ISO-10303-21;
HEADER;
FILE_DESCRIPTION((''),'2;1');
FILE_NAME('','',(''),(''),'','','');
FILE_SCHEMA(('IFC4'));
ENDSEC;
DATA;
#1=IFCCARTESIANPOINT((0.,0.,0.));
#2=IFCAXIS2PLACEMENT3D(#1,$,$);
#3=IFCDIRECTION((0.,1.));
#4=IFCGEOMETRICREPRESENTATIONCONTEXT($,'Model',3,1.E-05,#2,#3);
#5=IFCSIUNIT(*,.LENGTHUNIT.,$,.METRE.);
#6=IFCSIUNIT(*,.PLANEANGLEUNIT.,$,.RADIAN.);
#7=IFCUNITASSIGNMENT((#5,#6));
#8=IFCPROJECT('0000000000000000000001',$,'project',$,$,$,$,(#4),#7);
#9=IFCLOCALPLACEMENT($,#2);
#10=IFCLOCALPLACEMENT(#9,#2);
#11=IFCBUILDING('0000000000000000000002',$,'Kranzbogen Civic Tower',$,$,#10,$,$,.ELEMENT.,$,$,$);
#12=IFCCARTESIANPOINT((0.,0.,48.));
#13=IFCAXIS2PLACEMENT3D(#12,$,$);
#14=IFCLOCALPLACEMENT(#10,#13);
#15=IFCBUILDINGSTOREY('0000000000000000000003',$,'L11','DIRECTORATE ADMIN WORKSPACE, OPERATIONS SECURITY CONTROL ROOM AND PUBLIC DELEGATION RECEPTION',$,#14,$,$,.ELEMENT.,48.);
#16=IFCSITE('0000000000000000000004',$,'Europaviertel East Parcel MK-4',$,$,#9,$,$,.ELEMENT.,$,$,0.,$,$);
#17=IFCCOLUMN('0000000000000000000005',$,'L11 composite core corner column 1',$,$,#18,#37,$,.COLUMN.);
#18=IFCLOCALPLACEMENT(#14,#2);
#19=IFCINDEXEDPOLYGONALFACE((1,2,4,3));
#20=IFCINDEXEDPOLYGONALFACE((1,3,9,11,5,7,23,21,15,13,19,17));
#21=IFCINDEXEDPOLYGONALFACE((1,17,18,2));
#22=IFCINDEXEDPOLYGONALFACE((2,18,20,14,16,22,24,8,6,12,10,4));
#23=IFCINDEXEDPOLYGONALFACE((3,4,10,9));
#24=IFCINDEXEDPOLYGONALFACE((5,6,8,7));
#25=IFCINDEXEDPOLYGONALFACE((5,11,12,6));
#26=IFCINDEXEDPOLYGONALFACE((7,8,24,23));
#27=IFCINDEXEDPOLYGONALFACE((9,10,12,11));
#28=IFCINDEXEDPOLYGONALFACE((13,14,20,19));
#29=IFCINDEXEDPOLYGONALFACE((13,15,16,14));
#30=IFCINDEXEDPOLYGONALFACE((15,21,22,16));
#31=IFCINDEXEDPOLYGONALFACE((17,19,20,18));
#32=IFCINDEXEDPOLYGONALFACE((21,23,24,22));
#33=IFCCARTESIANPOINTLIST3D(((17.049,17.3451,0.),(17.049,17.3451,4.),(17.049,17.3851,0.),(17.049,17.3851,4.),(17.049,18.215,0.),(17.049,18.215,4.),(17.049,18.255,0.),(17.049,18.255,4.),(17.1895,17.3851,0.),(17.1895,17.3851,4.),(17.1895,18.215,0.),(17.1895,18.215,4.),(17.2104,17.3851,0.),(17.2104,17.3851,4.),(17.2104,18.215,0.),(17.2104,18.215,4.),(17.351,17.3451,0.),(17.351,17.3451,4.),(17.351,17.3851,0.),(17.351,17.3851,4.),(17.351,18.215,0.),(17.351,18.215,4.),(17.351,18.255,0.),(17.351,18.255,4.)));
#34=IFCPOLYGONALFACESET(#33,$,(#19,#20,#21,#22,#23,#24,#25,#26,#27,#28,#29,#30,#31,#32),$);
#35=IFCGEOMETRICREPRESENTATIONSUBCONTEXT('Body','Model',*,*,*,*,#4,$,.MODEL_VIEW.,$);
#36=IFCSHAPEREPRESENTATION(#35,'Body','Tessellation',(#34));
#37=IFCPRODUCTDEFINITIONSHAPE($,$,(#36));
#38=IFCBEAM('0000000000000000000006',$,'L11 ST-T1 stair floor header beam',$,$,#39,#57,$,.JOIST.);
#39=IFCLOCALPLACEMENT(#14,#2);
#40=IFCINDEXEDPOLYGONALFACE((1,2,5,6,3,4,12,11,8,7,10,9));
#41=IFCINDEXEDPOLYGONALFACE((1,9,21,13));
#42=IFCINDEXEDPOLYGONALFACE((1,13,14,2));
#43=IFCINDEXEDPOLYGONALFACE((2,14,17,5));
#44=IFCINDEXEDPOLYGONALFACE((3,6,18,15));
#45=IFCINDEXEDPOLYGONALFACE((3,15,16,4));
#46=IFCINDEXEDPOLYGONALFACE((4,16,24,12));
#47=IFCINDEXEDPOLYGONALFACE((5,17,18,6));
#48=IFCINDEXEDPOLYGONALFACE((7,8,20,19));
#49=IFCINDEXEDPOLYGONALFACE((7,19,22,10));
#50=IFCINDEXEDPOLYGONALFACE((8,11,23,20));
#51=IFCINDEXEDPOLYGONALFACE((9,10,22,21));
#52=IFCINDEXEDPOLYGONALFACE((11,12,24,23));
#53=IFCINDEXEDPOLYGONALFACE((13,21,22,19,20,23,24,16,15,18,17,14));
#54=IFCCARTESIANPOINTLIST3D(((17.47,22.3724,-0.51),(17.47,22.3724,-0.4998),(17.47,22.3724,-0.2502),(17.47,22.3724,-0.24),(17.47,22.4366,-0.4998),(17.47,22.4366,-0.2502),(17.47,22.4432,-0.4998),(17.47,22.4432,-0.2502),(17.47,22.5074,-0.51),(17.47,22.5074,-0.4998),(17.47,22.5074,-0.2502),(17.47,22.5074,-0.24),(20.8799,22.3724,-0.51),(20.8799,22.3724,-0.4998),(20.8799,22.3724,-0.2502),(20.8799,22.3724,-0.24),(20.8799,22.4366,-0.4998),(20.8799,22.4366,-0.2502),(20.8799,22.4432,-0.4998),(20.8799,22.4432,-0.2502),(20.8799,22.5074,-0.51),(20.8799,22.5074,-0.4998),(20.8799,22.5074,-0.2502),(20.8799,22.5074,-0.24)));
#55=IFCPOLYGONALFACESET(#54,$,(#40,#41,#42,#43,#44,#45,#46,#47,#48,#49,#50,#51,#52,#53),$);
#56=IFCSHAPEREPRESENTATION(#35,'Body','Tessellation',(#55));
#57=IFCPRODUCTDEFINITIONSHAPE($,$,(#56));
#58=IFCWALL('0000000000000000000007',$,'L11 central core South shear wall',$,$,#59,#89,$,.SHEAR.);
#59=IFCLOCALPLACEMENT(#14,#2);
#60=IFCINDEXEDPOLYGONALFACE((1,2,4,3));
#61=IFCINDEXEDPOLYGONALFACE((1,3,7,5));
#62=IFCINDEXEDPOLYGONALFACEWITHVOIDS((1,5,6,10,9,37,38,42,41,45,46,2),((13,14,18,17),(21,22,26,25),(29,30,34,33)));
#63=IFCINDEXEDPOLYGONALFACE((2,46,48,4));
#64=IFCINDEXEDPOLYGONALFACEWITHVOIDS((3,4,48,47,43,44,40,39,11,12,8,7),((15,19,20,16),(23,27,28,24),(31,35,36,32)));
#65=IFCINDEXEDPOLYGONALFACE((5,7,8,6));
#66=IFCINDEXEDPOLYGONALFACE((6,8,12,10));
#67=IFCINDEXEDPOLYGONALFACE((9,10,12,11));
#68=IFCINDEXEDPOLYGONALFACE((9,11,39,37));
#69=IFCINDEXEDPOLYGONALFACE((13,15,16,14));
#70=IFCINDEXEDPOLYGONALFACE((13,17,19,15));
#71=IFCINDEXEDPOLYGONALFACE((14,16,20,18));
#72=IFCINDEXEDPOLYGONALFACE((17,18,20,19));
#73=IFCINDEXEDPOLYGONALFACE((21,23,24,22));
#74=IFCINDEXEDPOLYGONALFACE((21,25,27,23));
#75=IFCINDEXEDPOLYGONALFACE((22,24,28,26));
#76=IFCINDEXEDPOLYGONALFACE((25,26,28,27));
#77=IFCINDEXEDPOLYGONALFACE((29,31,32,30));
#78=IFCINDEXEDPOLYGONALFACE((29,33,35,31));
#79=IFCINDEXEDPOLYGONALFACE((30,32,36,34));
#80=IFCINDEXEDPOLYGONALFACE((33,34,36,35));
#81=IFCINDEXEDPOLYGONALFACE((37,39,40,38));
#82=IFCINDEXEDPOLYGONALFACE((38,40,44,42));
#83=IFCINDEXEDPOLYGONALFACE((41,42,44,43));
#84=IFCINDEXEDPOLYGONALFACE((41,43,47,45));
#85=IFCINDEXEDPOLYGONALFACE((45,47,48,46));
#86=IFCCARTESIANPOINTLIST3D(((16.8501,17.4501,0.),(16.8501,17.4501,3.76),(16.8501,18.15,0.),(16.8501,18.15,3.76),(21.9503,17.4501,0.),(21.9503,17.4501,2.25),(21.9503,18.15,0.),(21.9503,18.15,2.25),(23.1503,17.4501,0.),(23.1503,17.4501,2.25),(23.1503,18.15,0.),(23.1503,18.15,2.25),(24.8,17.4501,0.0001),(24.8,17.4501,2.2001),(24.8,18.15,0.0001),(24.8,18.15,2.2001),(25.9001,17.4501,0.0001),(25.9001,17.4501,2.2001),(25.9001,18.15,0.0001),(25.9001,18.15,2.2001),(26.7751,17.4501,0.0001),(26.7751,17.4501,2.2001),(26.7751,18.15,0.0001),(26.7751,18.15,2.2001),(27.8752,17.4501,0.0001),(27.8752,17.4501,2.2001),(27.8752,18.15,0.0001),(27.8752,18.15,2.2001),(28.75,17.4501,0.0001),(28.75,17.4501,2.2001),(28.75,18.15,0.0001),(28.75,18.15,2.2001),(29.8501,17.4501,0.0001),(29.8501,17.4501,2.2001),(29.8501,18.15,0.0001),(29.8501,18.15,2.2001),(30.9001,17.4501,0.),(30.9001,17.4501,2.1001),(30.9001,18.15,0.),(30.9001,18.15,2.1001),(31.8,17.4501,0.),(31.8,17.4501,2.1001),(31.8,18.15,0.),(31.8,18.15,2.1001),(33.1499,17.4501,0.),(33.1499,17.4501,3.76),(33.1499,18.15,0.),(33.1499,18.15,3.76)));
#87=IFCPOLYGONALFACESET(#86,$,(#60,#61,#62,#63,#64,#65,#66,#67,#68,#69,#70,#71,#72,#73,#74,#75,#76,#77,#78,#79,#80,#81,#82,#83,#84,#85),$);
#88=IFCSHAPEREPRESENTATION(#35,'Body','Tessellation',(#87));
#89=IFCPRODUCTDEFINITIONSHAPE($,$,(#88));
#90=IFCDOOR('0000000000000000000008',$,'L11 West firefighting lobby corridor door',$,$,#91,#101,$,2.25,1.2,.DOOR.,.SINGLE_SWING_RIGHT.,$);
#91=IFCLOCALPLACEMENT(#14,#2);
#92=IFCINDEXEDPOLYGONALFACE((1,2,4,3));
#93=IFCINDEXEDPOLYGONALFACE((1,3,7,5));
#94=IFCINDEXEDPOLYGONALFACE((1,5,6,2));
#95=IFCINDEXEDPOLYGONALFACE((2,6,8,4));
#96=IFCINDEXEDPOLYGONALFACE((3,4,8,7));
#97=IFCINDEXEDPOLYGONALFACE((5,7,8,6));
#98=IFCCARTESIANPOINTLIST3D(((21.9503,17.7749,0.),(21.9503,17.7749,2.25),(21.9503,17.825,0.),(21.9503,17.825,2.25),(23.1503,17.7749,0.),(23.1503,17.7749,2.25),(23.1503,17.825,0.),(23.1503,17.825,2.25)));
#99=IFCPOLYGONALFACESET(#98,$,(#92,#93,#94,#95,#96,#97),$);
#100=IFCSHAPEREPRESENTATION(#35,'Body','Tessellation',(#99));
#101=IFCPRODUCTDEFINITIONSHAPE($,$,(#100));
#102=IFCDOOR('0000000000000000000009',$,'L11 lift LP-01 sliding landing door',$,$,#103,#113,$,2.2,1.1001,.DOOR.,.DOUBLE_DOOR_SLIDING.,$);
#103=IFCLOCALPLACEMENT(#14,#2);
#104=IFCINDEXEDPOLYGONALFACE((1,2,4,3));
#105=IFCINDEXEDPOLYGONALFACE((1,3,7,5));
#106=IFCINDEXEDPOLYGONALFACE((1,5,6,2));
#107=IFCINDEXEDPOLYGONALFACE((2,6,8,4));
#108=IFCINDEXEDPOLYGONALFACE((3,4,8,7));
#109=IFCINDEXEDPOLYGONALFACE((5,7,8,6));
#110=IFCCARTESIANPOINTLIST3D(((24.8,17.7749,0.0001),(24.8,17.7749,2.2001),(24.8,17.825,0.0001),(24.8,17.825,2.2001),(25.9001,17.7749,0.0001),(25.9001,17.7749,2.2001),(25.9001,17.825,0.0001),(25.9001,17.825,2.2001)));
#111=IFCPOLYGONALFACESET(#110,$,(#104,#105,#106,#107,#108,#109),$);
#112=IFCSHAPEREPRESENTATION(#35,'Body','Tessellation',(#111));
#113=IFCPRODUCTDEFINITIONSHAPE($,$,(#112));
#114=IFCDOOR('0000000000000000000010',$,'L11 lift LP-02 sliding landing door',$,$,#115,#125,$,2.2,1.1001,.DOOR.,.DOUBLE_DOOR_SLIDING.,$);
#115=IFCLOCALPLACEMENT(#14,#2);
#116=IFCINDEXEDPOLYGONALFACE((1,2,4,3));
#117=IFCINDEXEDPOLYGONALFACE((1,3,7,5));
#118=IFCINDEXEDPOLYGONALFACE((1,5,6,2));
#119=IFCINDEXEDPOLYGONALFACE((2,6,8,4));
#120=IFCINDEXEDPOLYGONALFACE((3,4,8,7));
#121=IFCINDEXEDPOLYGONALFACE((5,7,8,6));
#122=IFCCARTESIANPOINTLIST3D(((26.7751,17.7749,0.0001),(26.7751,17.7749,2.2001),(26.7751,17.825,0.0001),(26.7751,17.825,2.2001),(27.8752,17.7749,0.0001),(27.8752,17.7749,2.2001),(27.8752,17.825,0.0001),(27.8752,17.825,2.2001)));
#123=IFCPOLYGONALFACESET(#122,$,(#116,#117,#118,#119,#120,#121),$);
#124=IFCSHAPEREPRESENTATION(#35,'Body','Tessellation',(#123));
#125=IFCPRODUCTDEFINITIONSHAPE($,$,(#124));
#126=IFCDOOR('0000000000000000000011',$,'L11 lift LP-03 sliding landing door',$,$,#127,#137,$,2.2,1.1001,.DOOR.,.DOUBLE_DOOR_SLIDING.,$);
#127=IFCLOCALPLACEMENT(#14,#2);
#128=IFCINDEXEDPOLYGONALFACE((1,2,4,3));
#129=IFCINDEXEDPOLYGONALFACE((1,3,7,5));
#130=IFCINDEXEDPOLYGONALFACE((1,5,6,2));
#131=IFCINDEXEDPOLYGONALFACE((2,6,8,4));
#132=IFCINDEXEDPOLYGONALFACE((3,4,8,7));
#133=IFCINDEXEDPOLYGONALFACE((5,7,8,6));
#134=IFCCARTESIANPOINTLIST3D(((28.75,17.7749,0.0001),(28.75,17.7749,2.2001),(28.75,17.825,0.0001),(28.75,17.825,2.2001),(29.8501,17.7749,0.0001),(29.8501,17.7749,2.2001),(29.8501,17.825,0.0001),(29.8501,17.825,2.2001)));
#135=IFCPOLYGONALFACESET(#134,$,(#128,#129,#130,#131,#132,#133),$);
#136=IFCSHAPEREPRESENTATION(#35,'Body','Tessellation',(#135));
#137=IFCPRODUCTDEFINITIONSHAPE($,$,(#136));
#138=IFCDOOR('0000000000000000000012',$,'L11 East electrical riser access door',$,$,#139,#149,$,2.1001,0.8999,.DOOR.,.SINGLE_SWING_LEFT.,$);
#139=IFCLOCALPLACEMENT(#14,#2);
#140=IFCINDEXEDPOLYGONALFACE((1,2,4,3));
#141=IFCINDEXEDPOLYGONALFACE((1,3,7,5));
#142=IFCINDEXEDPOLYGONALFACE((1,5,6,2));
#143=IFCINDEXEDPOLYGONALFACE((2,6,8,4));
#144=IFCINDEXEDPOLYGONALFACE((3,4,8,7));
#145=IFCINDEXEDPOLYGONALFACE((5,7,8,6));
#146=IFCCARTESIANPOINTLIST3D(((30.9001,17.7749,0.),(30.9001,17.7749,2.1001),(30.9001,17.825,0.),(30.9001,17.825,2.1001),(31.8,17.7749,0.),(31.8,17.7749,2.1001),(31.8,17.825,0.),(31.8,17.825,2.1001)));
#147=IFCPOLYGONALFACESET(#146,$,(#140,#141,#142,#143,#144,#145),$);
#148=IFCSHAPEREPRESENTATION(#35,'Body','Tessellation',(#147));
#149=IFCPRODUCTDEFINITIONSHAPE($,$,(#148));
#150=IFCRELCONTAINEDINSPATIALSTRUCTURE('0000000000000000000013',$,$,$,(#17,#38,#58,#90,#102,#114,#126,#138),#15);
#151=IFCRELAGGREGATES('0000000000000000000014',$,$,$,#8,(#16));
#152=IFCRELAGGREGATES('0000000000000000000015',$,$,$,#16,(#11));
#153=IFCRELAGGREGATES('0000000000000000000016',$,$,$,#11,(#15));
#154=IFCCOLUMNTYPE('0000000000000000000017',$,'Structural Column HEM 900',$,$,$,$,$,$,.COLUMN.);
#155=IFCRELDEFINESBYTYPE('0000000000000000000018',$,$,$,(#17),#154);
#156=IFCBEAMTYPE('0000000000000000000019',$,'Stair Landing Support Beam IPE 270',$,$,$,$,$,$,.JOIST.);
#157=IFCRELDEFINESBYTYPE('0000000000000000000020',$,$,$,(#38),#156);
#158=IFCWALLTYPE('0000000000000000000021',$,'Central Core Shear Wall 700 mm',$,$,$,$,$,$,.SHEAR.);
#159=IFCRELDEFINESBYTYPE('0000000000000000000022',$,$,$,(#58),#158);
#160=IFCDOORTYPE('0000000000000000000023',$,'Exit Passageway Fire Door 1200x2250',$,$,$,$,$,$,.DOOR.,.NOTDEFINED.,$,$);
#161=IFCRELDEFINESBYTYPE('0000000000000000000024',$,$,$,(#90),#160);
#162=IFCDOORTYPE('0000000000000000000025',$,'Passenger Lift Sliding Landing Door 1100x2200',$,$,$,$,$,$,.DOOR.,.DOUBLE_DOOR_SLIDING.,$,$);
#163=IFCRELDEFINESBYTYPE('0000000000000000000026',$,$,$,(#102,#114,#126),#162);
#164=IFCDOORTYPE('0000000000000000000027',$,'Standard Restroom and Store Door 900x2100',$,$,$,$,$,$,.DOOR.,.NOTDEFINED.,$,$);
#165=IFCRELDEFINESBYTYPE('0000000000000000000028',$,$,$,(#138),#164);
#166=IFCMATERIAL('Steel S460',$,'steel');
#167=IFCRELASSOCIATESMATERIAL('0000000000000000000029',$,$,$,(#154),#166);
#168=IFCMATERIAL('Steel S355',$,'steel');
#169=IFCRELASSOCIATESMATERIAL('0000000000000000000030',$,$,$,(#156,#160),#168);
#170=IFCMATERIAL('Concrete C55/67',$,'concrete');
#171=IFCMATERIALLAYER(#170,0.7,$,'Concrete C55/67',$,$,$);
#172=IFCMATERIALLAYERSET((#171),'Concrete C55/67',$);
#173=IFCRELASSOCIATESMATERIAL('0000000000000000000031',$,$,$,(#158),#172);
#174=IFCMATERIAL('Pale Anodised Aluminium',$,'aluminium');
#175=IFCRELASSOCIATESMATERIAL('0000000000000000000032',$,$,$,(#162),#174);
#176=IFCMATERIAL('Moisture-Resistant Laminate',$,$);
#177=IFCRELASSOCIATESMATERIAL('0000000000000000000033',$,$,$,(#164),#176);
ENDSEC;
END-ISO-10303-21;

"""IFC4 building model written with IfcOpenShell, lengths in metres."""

from ifc_helpers import new_model, si_unit, direction, frame, frame_2d, origin, origin_2d, place, context, subcontext, project, spatial, rectangle, i_section, extrude, material, layer, layer_set, material_profile, profile_set, type_object, element, fill, save


model = new_model("IFC4")

# Units and contexts
model_context = context("Model", 3, precision=1e-05, world=origin(), true_north=direction((0.0, 1.0)))
body_context = subcontext(model_context, "Body", "Model", "MODEL_VIEW")
ifc_project = project(units=[si_unit("LENGTHUNIT", "METRE"), si_unit("PLANEANGLEUNIT", "RADIAN")], contexts=[model_context])

# Site, building, storey
site_placement = place(None, origin())
site = spatial("IfcSite", under=ifc_project, at=site_placement, Name="Europaviertel East Parcel MK-4", CompositionType="ELEMENT", RefElevation=0.0)
building_placement = place(site_placement, origin())
building = spatial("IfcBuilding", under=site, at=building_placement, Name="Kranzbogen Civic Tower", CompositionType="ELEMENT")
storey_placement = place(building_placement, frame((0.0, 0.0, 48.0)))
storey = spatial("IfcBuildingStorey", under=building, at=storey_placement, Name="L11", Description="DIRECTORATE ADMIN WORKSPACE, OPERATIONS SECURITY CONTROL ROOM AND PUBLIC DELEGATION RECEPTION", CompositionType="ELEMENT", Elevation=48.0)

# Column
ifc_material_1 = material(Name="Steel S460", Category="steel")
ifc_material_profile_1 = material_profile(ifc_material_1, i_section(OverallWidth=0.302, OverallDepth=0.9099, WebThickness=0.021, FlangeThickness=0.04, at=origin_2d()), Name="HEM 900")
ifc_profile_set_1 = profile_set([ifc_material_profile_1], Name="Steel S460")
column_type = type_object("IfcColumnType", Name="Structural Column HEM 900", PredefinedType="COLUMN", material=ifc_profile_set_1)
column_placement = place(storey_placement, frame((17.2, 17.8, 0.0), z_axis=(0.0, 0.0, 1.0), x_axis=(1.0, 0.0, 0.0)))
element("IfcColumn", 1, at=column_placement, inside=storey, type_object=column_type, Name="L11 composite core corner column 1", PredefinedType="COLUMN", context=body_context, shape_type="SweptSolid", body=[
    extrude(i_section(OverallWidth=0.302, OverallDepth=0.9099, WebThickness=0.021, FlangeThickness=0.04, at=origin_2d()), origin(), (0.0, 0.0, 1.0), 4.0),
])

# Beam
ifc_material_2 = material(Name="Steel S355", Category="steel")
ifc_material_profile_2 = material_profile(ifc_material_2, i_section(OverallWidth=0.135, OverallDepth=0.27, WebThickness=0.0066, FlangeThickness=0.0103, at=origin_2d()), Name="IPE 270")
ifc_profile_set_2 = profile_set([ifc_material_profile_2], Name="Steel S355")
beam_type = type_object("IfcBeamType", Name="Stair Landing Support Beam IPE 270", PredefinedType="JOIST", material=ifc_profile_set_2)
beam_placement = place(storey_placement, frame((20.8799, 22.4399, -0.375), z_axis=(-1.0, 0.0, 0.0), x_axis=(0.0, -1.0, 0.0)))
element("IfcBeam", 2, at=beam_placement, inside=storey, type_object=beam_type, Name="L11 ST-T1 stair floor header beam", PredefinedType="JOIST", context=body_context, shape_type="SweptSolid", body=[
    extrude(i_section(OverallWidth=0.135, OverallDepth=0.27, WebThickness=0.0066, FlangeThickness=0.0103, at=origin_2d()), origin(), (0.0, 0.0, 1.0), 3.4099),
])

# Wall, openings, doors
ifc_material_3 = material(Name="Concrete C55/67", Category="concrete")
ifc_layer_1 = layer(ifc_material_3, 0.7, Name="Concrete C55/67")
ifc_layer_set_1 = layer_set([ifc_layer_1], Name="Concrete C55/67")
wall_type_1 = type_object("IfcWallType", Name="Central Core Shear Wall 700 mm", PredefinedType="SHEAR", material=ifc_layer_set_1)
wall_1_placement = place(storey_placement, frame((16.8501, 17.8, 0.0), z_axis=(0.0, 0.0, 1.0), x_axis=(1.0, 0.0, 0.0)))
wall_1 = element("IfcWall", 3, at=wall_1_placement, inside=storey, type_object=wall_type_1, Name="L11 central core South shear wall", PredefinedType="SHEAR", context=body_context, shape_type="SweptSolid", body=[
    extrude(rectangle(XDim=16.2998, YDim=0.7, at=frame_2d((8.1499, 0.0))), origin(), (0.0, 0.0, 1.0), 3.76),
])
opening_1_placement = place(wall_1_placement, frame((5.1001, 0.0, 0.0)))
opening_1 = element("IfcOpeningElement", 4, at=opening_1_placement, cuts=wall_1, PredefinedType="OPENING", context=body_context, shape_type="SweptSolid", body=[
    extrude(rectangle(XDim=1.2, YDim=2.25, at=frame_2d((0.6001, 1.125))), frame((0.0, 0.3599, 0.0), z_axis=(0.0, -1.0, 0.0), x_axis=(1.0, 0.0, 0.0)), (0.0, 0.0, 1.0), 0.72),
])
opening_2_placement = place(wall_1_placement, frame((14.05, 0.0, 0.0)))
opening_2 = element("IfcOpeningElement", 5, at=opening_2_placement, cuts=wall_1, PredefinedType="OPENING", context=body_context, shape_type="SweptSolid", body=[
    extrude(rectangle(XDim=0.8999, YDim=2.1001, at=frame_2d((0.45, 1.05))), frame((0.0, 0.3599, 0.0), z_axis=(0.0, -1.0, 0.0), x_axis=(1.0, 0.0, 0.0)), (0.0, 0.0, 1.0), 0.72),
])
opening_3_placement = place(wall_1_placement, frame((7.95, 0.0, 0.0)))
opening_3 = element("IfcOpeningElement", 6, at=opening_3_placement, cuts=wall_1, PredefinedType="OPENING", context=body_context, shape_type="SweptSolid", body=[
    extrude(rectangle(XDim=1.1001, YDim=2.2, at=frame_2d((0.55, 1.1001))), frame((0.0, 0.3599, 0.0), z_axis=(0.0, -1.0, 0.0), x_axis=(1.0, 0.0, 0.0)), (0.0, 0.0, 1.0), 0.72),
])
opening_4_placement = place(wall_1_placement, frame((9.925, 0.0, 0.0)))
opening_4 = element("IfcOpeningElement", 7, at=opening_4_placement, cuts=wall_1, PredefinedType="OPENING", context=body_context, shape_type="SweptSolid", body=[
    extrude(rectangle(XDim=1.1001, YDim=2.2, at=frame_2d((0.55, 1.1001))), frame((0.0, 0.3599, 0.0), z_axis=(0.0, -1.0, 0.0), x_axis=(1.0, 0.0, 0.0)), (0.0, 0.0, 1.0), 0.72),
])
opening_5_placement = place(wall_1_placement, frame((11.8999, 0.0, 0.0)))
opening_5 = element("IfcOpeningElement", 8, at=opening_5_placement, cuts=wall_1, PredefinedType="OPENING", context=body_context, shape_type="SweptSolid", body=[
    extrude(rectangle(XDim=1.1001, YDim=2.2, at=frame_2d((0.55, 1.1001))), frame((0.0, 0.3599, 0.0), z_axis=(0.0, -1.0, 0.0), x_axis=(1.0, 0.0, 0.0)), (0.0, 0.0, 1.0), 0.72),
])
door_type_1 = type_object("IfcDoorType", Name="Exit Passageway Fire Door 1200x2250", OperationType="NOTDEFINED", PredefinedType="DOOR", material=ifc_material_2)
door_1_placement = place(opening_1_placement, origin())
door_1 = element("IfcDoor", 9, at=door_1_placement, inside=storey, type_object=door_type_1, Name="L11 West firefighting lobby corridor door", OperationType="SINGLE_SWING_RIGHT", OverallHeight=2.25, OverallWidth=1.2, PredefinedType="DOOR", context=body_context, shape_type="SweptSolid", body=[
    extrude(rectangle(XDim=1.2, YDim=2.25, at=frame_2d((0.6001, 1.125))), frame((0.0, 0.0249, 0.0), z_axis=(0.0, -1.0, 0.0), x_axis=(1.0, 0.0, 0.0)), (0.0, 0.0, 1.0), 0.05),
])
fill(opening_1, door_1)
ifc_material_4 = material(Name="Pale Anodised Aluminium", Category="aluminium")
door_type_2 = type_object("IfcDoorType", Name="Passenger Lift Sliding Landing Door 1100x2200", OperationType="DOUBLE_DOOR_SLIDING", PredefinedType="DOOR", material=ifc_material_4)
door_2_placement = place(opening_3_placement, origin())
door_2 = element("IfcDoor", 10, at=door_2_placement, inside=storey, type_object=door_type_2, Name="L11 lift LP-01 sliding landing door", OperationType="DOUBLE_DOOR_SLIDING", OverallHeight=2.2, OverallWidth=1.1001, PredefinedType="DOOR", context=body_context, shape_type="SweptSolid", body=[
    extrude(rectangle(XDim=1.1001, YDim=2.2, at=frame_2d((0.55, 1.1001))), frame((0.0, 0.0249, 0.0), z_axis=(0.0, -1.0, 0.0), x_axis=(1.0, 0.0, 0.0)), (0.0, 0.0, 1.0), 0.05),
])
fill(opening_3, door_2)
door_3_placement = place(opening_4_placement, origin())
door_3 = element("IfcDoor", 11, at=door_3_placement, inside=storey, type_object=door_type_2, Name="L11 lift LP-02 sliding landing door", OperationType="DOUBLE_DOOR_SLIDING", OverallHeight=2.2, OverallWidth=1.1001, PredefinedType="DOOR", context=body_context, shape_type="SweptSolid", body=[
    extrude(rectangle(XDim=1.1001, YDim=2.2, at=frame_2d((0.55, 1.1001))), frame((0.0, 0.0249, 0.0), z_axis=(0.0, -1.0, 0.0), x_axis=(1.0, 0.0, 0.0)), (0.0, 0.0, 1.0), 0.05),
])
fill(opening_4, door_3)
door_4_placement = place(opening_5_placement, origin())
door_4 = element("IfcDoor", 12, at=door_4_placement, inside=storey, type_object=door_type_2, Name="L11 lift LP-03 sliding landing door", OperationType="DOUBLE_DOOR_SLIDING", OverallHeight=2.2, OverallWidth=1.1001, PredefinedType="DOOR", context=body_context, shape_type="SweptSolid", body=[
    extrude(rectangle(XDim=1.1001, YDim=2.2, at=frame_2d((0.55, 1.1001))), frame((0.0, 0.0249, 0.0), z_axis=(0.0, -1.0, 0.0), x_axis=(1.0, 0.0, 0.0)), (0.0, 0.0, 1.0), 0.05),
])
fill(opening_5, door_4)
ifc_material_5 = material(Name="Moisture-Resistant Laminate")
door_type_3 = type_object("IfcDoorType", Name="Standard Restroom and Store Door 900x2100", OperationType="NOTDEFINED", PredefinedType="DOOR", material=ifc_material_5)
door_5_placement = place(opening_2_placement, origin())
door_5 = element("IfcDoor", 13, at=door_5_placement, inside=storey, type_object=door_type_3, Name="L11 East electrical riser access door", OperationType="SINGLE_SWING_LEFT", OverallHeight=2.1001, OverallWidth=0.8999, PredefinedType="DOOR", context=body_context, shape_type="SweptSolid", body=[
    extrude(rectangle(XDim=0.8999, YDim=2.1001, at=frame_2d((0.45, 1.05))), frame((0.0, 0.0249, 0.0), z_axis=(0.0, -1.0, 0.0), x_axis=(1.0, 0.0, 0.0)), (0.0, 0.0, 1.0), 0.05),
])
fill(opening_2, door_5)

save(model, "model.ifc")
